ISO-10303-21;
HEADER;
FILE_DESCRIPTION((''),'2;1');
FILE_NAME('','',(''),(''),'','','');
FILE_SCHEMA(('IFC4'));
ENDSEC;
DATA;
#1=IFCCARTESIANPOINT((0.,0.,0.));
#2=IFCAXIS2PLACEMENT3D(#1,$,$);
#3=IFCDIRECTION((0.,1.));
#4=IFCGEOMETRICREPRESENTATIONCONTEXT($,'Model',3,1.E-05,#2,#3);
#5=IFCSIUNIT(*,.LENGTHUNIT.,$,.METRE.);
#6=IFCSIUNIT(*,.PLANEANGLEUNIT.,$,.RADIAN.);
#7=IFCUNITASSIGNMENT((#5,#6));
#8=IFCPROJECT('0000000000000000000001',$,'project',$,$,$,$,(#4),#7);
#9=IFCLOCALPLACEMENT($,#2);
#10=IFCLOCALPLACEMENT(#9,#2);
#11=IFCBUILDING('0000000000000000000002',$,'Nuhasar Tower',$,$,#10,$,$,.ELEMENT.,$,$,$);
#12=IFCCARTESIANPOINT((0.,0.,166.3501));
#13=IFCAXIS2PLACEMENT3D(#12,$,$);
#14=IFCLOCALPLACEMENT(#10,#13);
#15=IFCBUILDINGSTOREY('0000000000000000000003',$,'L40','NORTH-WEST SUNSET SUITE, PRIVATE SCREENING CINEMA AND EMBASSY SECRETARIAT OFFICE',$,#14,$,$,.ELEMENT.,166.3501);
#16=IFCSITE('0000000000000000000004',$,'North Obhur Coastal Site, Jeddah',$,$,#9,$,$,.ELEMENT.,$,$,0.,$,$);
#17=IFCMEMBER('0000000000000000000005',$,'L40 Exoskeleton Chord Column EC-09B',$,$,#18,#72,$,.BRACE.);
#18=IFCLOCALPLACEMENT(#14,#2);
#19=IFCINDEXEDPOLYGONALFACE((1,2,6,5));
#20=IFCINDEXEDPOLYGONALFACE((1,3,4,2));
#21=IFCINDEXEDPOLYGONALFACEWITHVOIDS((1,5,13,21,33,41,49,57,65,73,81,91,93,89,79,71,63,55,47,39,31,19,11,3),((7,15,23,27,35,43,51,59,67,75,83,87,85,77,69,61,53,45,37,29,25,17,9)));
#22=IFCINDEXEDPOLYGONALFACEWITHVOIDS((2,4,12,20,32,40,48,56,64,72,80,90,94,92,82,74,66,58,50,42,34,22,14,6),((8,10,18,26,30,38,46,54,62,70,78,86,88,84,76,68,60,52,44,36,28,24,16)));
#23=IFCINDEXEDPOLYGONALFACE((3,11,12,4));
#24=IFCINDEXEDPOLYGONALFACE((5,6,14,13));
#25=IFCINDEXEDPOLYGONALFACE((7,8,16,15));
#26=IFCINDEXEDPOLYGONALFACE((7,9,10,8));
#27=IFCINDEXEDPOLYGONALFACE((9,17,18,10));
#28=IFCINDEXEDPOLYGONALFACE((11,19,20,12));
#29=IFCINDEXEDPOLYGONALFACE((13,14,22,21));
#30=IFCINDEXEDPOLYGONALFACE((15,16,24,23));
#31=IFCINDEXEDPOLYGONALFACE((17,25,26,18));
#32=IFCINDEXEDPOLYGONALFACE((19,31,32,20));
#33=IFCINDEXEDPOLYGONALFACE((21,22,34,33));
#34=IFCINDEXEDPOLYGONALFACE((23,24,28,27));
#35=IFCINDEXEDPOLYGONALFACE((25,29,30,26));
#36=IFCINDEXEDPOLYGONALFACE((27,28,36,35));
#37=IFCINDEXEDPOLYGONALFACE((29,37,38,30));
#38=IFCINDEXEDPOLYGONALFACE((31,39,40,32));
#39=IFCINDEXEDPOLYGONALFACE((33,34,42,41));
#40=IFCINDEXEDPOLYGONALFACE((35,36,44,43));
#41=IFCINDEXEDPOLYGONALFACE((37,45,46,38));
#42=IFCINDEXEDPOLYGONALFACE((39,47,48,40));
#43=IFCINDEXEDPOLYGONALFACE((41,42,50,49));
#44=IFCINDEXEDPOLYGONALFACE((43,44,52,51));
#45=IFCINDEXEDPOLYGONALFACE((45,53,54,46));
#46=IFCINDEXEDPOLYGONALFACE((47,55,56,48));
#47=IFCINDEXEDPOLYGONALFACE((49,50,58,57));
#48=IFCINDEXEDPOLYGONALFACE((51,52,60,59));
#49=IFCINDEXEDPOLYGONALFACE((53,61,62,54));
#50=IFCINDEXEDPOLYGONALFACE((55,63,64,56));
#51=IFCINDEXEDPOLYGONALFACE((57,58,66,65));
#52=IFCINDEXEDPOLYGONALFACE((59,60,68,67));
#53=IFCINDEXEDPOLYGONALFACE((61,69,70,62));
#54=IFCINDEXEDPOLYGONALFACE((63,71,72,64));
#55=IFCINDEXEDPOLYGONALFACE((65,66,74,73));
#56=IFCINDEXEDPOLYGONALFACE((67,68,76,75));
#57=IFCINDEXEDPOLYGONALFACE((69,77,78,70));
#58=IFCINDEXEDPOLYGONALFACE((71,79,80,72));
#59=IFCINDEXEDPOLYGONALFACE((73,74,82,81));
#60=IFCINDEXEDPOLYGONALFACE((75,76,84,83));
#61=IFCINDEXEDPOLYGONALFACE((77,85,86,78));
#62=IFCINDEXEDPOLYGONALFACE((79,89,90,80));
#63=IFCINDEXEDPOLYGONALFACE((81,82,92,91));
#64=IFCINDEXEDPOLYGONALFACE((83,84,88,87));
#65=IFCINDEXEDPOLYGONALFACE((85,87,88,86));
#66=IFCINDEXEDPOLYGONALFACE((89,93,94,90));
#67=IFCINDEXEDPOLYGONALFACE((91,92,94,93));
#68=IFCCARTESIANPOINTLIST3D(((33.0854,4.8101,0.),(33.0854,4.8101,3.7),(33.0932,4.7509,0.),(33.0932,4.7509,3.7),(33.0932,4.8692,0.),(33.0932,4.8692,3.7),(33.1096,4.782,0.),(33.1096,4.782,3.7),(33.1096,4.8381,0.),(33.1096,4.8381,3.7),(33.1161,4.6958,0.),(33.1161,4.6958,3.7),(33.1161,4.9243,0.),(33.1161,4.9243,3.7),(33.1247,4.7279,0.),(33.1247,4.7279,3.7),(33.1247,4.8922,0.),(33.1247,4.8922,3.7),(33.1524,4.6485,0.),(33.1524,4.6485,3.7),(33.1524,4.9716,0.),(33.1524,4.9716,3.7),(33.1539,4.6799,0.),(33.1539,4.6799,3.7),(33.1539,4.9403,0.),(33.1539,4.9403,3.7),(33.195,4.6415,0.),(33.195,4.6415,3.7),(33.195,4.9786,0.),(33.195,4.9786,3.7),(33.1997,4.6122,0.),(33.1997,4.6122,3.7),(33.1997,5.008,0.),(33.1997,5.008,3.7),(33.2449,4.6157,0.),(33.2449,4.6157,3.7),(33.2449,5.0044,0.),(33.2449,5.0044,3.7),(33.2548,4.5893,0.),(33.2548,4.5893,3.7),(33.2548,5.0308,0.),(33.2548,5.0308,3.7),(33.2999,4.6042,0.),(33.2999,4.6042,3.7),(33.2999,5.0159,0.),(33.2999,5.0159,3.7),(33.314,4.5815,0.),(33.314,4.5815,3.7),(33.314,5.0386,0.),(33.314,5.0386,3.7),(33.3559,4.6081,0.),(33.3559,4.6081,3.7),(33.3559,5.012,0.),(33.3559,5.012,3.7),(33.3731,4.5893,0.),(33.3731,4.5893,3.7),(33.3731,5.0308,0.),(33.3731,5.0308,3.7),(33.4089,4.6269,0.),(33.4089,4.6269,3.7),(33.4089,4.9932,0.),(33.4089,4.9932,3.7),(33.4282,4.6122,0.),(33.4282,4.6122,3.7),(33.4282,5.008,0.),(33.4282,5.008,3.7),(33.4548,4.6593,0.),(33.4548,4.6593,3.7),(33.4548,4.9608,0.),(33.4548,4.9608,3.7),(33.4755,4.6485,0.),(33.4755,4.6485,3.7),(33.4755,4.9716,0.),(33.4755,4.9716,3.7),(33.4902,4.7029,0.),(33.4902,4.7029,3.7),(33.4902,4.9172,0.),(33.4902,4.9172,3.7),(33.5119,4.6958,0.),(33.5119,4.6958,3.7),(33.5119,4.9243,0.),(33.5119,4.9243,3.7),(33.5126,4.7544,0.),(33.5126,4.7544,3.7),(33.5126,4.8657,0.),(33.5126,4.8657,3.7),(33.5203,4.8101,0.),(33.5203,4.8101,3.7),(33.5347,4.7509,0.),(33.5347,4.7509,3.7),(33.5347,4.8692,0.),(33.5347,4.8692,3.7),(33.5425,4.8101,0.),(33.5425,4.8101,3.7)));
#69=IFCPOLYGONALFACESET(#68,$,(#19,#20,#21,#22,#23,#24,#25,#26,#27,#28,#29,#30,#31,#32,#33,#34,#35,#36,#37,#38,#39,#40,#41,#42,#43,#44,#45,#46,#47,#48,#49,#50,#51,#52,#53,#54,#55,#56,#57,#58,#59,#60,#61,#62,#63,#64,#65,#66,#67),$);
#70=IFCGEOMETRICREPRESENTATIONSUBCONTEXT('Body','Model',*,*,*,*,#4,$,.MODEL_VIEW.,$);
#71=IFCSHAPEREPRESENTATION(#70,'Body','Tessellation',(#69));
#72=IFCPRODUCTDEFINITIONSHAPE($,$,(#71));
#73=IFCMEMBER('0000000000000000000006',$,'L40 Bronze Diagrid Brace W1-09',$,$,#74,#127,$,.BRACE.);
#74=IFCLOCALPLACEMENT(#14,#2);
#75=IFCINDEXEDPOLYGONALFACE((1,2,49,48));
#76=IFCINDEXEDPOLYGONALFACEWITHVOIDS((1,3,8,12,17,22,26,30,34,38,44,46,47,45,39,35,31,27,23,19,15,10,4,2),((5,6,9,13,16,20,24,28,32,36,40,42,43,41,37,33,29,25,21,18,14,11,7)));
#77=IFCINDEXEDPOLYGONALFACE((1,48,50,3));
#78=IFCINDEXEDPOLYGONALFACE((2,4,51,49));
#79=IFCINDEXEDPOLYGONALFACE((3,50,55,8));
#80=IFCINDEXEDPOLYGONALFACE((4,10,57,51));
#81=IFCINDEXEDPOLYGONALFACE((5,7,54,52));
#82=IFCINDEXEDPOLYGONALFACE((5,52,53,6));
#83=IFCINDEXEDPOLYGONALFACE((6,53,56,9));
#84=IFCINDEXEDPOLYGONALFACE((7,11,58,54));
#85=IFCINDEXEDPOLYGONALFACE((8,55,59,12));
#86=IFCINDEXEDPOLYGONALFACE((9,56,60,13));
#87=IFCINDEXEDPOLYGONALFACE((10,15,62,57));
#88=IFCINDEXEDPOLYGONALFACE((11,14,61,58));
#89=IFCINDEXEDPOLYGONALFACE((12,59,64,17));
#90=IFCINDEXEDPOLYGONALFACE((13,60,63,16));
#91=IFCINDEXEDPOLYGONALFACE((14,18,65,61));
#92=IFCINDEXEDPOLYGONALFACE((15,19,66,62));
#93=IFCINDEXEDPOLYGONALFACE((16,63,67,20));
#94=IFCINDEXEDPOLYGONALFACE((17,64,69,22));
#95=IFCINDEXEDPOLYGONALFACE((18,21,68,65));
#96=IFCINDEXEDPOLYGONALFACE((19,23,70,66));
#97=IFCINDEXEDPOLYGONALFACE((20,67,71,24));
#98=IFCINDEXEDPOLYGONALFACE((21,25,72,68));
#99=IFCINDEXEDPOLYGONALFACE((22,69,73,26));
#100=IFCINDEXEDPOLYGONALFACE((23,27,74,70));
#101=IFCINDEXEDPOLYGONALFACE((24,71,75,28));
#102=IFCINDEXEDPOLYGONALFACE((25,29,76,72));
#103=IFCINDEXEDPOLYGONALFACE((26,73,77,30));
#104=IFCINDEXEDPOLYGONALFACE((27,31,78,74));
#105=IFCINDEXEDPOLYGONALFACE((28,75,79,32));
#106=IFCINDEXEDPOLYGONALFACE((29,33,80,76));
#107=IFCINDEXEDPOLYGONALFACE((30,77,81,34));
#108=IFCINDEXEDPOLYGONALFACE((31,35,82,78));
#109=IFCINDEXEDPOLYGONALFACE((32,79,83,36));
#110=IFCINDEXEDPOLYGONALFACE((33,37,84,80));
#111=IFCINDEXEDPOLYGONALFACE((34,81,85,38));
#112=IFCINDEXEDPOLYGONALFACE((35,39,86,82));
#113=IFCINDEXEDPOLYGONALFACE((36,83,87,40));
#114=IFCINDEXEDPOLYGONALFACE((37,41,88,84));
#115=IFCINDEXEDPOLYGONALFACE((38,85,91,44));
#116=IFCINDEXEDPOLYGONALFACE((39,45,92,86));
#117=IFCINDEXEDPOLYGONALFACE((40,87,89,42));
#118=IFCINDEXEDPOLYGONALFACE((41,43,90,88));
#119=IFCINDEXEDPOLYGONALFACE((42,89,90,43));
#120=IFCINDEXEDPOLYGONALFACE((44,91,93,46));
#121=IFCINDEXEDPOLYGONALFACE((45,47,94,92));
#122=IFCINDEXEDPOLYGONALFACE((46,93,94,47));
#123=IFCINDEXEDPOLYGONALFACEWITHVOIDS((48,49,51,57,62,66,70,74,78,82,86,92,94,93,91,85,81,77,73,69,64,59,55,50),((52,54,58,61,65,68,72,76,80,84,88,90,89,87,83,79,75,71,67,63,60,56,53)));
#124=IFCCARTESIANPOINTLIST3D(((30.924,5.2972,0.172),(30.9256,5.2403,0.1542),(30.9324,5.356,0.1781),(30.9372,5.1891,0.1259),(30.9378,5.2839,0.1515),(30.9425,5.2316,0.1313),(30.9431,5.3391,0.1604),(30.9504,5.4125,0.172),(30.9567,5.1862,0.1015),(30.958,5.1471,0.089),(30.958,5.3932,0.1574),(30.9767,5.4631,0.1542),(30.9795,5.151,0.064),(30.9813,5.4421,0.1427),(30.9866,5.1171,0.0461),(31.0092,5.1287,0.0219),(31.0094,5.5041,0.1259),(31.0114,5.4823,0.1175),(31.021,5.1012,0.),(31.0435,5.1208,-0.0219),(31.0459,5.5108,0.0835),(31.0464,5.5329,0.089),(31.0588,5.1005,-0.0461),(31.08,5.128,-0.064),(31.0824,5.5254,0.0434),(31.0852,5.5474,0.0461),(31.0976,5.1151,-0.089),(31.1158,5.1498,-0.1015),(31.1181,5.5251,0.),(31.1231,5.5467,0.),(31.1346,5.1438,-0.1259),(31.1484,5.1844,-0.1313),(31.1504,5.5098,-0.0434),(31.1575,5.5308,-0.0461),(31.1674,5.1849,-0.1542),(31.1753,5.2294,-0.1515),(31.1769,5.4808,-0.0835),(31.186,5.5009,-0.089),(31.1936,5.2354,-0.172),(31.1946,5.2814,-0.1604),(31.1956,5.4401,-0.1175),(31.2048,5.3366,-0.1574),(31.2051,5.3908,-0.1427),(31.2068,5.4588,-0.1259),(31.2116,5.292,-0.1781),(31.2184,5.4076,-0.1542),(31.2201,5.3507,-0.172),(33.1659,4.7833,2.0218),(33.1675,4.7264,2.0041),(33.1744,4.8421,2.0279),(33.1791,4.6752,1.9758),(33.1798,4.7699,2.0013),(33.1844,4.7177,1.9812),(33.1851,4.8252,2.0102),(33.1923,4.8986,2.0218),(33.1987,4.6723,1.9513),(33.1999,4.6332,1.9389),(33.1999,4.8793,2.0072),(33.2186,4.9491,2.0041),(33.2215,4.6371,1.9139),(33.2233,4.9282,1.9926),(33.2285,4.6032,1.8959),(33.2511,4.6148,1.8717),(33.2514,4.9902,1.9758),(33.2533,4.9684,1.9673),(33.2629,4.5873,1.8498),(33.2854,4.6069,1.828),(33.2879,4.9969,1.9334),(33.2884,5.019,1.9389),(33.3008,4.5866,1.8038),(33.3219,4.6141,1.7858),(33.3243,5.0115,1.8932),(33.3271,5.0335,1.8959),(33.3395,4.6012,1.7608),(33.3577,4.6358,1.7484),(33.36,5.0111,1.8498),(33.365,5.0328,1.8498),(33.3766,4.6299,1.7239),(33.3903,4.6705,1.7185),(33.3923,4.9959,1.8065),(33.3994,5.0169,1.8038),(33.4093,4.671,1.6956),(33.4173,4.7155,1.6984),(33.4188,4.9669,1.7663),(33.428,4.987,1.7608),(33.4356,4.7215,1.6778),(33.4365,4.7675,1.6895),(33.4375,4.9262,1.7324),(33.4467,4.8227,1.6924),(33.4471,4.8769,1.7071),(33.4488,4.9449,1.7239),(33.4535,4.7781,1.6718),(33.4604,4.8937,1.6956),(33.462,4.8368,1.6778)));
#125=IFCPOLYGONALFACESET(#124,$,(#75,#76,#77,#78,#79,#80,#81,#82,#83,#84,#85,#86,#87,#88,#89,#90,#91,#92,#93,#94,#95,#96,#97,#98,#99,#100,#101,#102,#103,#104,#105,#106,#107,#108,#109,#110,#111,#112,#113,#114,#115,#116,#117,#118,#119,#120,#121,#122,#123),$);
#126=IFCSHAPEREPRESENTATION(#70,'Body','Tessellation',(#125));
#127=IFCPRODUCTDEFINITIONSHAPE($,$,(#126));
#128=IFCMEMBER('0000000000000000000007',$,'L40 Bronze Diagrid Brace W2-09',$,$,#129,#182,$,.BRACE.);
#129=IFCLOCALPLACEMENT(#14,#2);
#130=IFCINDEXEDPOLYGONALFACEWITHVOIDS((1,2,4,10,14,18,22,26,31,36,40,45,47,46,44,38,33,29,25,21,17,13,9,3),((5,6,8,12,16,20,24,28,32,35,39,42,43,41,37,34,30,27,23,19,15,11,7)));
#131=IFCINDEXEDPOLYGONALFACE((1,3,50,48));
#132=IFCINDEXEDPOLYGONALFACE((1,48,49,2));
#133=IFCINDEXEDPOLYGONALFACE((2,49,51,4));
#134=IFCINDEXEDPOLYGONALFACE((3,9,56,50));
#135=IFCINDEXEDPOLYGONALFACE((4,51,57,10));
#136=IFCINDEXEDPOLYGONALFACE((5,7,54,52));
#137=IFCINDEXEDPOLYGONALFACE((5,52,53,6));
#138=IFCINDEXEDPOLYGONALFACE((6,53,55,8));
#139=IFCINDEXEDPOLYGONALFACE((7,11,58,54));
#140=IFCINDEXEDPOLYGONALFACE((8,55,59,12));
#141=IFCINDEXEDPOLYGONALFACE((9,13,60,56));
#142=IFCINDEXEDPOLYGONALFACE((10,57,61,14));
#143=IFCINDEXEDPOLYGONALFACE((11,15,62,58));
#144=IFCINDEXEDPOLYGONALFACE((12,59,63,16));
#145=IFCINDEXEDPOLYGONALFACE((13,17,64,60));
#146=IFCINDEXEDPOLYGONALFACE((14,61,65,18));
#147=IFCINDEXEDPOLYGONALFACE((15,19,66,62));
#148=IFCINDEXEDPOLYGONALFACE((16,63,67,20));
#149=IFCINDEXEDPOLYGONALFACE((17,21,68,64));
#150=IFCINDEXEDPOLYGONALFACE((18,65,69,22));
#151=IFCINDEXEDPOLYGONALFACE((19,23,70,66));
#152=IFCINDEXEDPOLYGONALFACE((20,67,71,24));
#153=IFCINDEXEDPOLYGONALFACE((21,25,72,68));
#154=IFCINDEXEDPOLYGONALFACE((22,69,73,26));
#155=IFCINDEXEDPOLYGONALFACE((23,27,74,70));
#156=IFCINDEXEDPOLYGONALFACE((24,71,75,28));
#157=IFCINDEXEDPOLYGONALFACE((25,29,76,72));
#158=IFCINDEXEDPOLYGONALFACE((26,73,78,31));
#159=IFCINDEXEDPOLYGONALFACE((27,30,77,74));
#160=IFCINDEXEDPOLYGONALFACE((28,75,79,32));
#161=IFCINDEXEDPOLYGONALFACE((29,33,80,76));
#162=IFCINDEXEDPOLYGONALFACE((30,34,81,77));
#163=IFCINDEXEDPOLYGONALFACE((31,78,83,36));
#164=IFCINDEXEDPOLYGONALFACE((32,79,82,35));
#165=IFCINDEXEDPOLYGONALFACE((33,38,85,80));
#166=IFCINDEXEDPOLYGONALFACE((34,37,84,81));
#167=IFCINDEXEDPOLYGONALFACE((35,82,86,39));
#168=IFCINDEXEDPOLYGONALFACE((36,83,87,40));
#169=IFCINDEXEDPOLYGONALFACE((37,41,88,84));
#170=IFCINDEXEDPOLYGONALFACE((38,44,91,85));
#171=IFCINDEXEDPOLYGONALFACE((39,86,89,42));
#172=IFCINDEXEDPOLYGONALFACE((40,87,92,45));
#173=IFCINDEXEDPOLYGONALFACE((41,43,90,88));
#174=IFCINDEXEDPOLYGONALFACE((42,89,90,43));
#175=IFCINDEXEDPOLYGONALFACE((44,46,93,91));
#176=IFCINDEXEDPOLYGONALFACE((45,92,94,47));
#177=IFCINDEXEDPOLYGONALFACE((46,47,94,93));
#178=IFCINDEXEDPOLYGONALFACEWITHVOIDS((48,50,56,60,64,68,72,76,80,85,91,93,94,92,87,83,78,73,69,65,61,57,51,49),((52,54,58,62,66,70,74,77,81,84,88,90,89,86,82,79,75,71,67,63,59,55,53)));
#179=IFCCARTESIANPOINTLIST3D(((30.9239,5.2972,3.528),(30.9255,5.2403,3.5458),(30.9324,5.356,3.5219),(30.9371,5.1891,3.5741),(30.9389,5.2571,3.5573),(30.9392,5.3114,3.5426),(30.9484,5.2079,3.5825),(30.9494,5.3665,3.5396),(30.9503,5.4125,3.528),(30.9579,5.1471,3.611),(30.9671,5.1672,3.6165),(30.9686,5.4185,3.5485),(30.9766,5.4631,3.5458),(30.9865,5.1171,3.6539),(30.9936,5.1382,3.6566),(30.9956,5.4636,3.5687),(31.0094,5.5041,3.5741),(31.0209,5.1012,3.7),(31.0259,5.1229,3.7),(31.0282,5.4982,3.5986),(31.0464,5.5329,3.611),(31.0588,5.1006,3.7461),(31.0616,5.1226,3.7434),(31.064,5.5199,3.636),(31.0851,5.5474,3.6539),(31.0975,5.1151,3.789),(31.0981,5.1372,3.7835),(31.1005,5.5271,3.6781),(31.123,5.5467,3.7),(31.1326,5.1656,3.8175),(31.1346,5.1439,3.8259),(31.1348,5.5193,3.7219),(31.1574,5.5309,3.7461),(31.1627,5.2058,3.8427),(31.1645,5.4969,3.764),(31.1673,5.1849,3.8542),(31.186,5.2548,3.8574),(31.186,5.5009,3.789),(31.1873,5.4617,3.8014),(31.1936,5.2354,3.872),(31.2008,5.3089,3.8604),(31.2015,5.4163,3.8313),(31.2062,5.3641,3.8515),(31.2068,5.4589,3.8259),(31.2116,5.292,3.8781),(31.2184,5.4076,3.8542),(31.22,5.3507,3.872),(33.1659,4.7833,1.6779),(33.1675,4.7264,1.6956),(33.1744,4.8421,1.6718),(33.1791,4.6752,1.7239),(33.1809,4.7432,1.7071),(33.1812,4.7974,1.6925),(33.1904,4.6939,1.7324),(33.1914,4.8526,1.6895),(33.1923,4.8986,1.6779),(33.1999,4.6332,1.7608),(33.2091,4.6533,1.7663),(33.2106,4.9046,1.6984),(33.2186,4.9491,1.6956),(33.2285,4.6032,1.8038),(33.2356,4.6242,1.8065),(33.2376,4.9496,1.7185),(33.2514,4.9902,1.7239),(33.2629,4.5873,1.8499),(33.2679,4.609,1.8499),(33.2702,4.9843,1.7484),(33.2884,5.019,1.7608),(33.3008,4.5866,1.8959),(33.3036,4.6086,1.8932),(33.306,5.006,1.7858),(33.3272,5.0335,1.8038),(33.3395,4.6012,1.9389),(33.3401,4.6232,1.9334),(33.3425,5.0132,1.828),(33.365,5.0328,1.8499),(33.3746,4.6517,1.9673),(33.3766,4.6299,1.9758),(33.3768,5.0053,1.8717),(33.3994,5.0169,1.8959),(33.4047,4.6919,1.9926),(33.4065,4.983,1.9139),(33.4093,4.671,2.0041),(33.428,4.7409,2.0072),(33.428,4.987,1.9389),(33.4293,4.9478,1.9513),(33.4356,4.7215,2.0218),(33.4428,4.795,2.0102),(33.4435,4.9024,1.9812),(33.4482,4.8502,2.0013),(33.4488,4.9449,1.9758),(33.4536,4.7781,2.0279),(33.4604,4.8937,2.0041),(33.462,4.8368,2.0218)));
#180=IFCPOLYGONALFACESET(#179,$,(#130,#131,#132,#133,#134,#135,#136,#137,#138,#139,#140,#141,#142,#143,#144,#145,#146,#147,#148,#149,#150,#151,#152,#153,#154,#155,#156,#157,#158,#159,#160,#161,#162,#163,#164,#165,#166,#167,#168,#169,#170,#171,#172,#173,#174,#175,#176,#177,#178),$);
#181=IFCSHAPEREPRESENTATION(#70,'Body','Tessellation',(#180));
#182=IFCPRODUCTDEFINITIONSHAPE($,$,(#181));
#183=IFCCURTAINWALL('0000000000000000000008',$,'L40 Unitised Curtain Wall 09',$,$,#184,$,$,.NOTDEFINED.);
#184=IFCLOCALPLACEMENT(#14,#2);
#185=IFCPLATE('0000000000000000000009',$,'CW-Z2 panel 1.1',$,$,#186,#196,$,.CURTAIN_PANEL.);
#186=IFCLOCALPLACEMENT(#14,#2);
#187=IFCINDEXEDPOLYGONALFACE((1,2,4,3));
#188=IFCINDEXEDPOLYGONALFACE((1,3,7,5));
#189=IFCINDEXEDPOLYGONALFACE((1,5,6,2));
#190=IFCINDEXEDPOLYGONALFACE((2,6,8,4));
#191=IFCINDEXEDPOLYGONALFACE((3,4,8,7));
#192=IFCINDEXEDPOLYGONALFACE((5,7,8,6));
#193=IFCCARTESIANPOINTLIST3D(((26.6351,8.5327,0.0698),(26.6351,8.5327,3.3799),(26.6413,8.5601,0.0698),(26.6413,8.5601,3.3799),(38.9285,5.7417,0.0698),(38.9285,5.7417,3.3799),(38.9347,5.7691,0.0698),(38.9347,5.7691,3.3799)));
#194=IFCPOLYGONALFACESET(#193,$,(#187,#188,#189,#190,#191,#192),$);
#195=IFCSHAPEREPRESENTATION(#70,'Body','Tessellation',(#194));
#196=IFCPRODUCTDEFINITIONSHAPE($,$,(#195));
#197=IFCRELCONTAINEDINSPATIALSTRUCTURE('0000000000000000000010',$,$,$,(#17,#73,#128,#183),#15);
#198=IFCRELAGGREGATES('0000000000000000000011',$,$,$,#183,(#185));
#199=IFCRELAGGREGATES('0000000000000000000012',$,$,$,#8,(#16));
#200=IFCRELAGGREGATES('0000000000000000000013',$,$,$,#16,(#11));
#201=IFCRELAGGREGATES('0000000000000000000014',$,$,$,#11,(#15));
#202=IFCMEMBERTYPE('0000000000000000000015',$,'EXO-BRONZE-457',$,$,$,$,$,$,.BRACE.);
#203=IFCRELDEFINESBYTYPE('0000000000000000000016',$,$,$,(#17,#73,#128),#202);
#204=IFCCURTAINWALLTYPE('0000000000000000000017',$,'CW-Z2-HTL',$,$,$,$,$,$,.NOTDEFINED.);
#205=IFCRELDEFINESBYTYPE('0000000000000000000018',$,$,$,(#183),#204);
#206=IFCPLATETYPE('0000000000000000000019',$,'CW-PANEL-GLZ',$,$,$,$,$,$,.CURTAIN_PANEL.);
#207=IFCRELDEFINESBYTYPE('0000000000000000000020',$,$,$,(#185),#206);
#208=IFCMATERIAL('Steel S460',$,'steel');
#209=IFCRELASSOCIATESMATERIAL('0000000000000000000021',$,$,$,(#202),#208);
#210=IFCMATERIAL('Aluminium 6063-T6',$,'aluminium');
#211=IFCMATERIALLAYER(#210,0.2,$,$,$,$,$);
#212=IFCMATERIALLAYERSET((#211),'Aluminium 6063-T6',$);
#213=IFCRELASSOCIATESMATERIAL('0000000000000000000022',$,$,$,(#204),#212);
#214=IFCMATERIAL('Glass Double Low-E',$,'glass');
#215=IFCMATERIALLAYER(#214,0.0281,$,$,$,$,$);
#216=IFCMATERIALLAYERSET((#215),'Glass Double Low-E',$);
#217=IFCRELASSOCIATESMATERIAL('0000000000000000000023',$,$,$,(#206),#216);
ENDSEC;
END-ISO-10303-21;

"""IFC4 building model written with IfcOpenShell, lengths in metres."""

from ifc_helpers import new_model, si_unit, direction, frame, origin, origin_2d, place, context, subcontext, project, spatial, rectangle, hollow_circle, extrude, material, layer, layer_set, material_profile, profile_set, type_object, element, aggregate, save


model = new_model("IFC4")

# Units and contexts
model_context = context("Model", 3, precision=1e-05, world=origin(), true_north=direction((0.0, 1.0)))
body_context = subcontext(model_context, "Body", "Model", "MODEL_VIEW")
ifc_project = project(units=[si_unit("LENGTHUNIT", "METRE"), si_unit("PLANEANGLEUNIT", "RADIAN")], contexts=[model_context])

# Site, building, storey
site_placement = place(None, origin())
site = spatial("IfcSite", under=ifc_project, at=site_placement, Name="North Obhur Coastal Site, Jeddah", CompositionType="ELEMENT", RefElevation=0.0)
building_placement = place(site_placement, origin())
building = spatial("IfcBuilding", under=site, at=building_placement, Name="Nuhasar Tower", CompositionType="ELEMENT")
storey_placement = place(building_placement, frame((0.0, 0.0, 166.3501)))
storey = spatial("IfcBuildingStorey", under=building, at=storey_placement, Name="L40", Description="NORTH-WEST SUNSET SUITE, PRIVATE SCREENING CINEMA AND EMBASSY SECRETARIAT OFFICE", CompositionType="ELEMENT", Elevation=166.3501)

# Members
ifc_material_1 = material(Name="Steel S460", Category="steel")
ifc_material_profile_1 = material_profile(ifc_material_1, hollow_circle(Radius=0.2285, WallThickness=0.0222, at=origin_2d()), Name="HSS457X22.2")
ifc_profile_set_1 = profile_set([ifc_material_profile_1], Name="Steel S460")
member_type = type_object("IfcMemberType", Name="EXO-BRONZE-457", PredefinedType="BRACE", material=ifc_profile_set_1)
for number, where, z_axis, x_axis, name in (
    (1, (33.314, 4.8101, 0.0), (0.0, 0.0, 1.0), (1.0, 0.0, 0.0), "L40 Exoskeleton Chord Column EC-09B"),
):
    element("IfcMember", number, at=place(storey_placement, frame(where, z_axis=z_axis, x_axis=x_axis)), inside=storey, type_object=member_type, Name=name, PredefinedType="BRACE", context=body_context, shape_type="SweptSolid", body=[
        extrude(hollow_circle(Radius=0.2285, WallThickness=0.0222, at=origin_2d()), origin(), (0.0, 0.0, 1.0), 3.7),
    ])
member_1_placement = place(storey_placement, frame((31.072, 5.324, 0.0), z_axis=(0.75955, -0.17411, 0.626713), x_axis=(0.223433, 0.974719, 0.0)))
element("IfcMember", 2, at=member_1_placement, inside=storey, type_object=member_type, Name="L40 Bronze Diagrid Brace W1-09", PredefinedType="BRACE", context=body_context, shape_type="SweptSolid", body=[
    extrude(hollow_circle(Radius=0.2285, WallThickness=0.0222, at=origin_2d()), origin(), (0.0, 0.0, 1.0), 2.9517),
])
member_2_placement = place(storey_placement, frame((33.314, 4.8101, 1.8499), z_axis=(-0.75951, 0.174101, 0.626764), x_axis=(-0.223433, -0.974719, 0.0)))
element("IfcMember", 3, at=member_2_placement, inside=storey, type_object=member_type, Name="L40 Bronze Diagrid Brace W2-09", PredefinedType="BRACE", context=body_context, shape_type="SweptSolid", body=[
    extrude(hollow_circle(Radius=0.2285, WallThickness=0.0222, at=origin_2d()), origin(), (0.0, 0.0, 1.0), 2.9519),
])

# Curtain wall, plate
ifc_material_2 = material(Name="Aluminium 6063-T6", Category="aluminium")
ifc_layer_1 = layer(ifc_material_2, 0.2)
ifc_layer_set_1 = layer_set([ifc_layer_1], Name="Aluminium 6063-T6")
curtain_wall_type = type_object("IfcCurtainWallType", Name="CW-Z2-HTL", PredefinedType="NOTDEFINED", material=ifc_layer_set_1)
curtain_wall_placement = place(storey_placement, origin())
curtain_wall = element("IfcCurtainWall", 4, at=curtain_wall_placement, inside=storey, type_object=curtain_wall_type, Name="L40 Unitised Curtain Wall 09", PredefinedType="NOTDEFINED")
ifc_material_3 = material(Name="Glass Double Low-E", Category="glass")
ifc_layer_2 = layer(ifc_material_3, 0.0281)
ifc_layer_set_2 = layer_set([ifc_layer_2], Name="Glass Double Low-E")
plate_type = type_object("IfcPlateType", Name="CW-PANEL-GLZ", PredefinedType="CURTAIN_PANEL", material=ifc_layer_set_2)
plate_placement = place(storey_placement, frame((32.7849, 7.1509, 0.0698), z_axis=(0.0, 0.0, 1.0), x_axis=(0.975184, -0.221397, 0.0)))
plate = element("IfcPlate", 5, at=plate_placement, type_object=plate_type, Name="CW-Z2 panel 1.1", PredefinedType="CURTAIN_PANEL", context=body_context, shape_type="SweptSolid", body=[
    extrude(rectangle(XDim=12.6062, YDim=0.0281, at=origin_2d()), origin(), (0.0, 0.0, 1.0), 3.3101),
])
aggregate(curtain_wall, [plate])

save(model, "model.ifc")
